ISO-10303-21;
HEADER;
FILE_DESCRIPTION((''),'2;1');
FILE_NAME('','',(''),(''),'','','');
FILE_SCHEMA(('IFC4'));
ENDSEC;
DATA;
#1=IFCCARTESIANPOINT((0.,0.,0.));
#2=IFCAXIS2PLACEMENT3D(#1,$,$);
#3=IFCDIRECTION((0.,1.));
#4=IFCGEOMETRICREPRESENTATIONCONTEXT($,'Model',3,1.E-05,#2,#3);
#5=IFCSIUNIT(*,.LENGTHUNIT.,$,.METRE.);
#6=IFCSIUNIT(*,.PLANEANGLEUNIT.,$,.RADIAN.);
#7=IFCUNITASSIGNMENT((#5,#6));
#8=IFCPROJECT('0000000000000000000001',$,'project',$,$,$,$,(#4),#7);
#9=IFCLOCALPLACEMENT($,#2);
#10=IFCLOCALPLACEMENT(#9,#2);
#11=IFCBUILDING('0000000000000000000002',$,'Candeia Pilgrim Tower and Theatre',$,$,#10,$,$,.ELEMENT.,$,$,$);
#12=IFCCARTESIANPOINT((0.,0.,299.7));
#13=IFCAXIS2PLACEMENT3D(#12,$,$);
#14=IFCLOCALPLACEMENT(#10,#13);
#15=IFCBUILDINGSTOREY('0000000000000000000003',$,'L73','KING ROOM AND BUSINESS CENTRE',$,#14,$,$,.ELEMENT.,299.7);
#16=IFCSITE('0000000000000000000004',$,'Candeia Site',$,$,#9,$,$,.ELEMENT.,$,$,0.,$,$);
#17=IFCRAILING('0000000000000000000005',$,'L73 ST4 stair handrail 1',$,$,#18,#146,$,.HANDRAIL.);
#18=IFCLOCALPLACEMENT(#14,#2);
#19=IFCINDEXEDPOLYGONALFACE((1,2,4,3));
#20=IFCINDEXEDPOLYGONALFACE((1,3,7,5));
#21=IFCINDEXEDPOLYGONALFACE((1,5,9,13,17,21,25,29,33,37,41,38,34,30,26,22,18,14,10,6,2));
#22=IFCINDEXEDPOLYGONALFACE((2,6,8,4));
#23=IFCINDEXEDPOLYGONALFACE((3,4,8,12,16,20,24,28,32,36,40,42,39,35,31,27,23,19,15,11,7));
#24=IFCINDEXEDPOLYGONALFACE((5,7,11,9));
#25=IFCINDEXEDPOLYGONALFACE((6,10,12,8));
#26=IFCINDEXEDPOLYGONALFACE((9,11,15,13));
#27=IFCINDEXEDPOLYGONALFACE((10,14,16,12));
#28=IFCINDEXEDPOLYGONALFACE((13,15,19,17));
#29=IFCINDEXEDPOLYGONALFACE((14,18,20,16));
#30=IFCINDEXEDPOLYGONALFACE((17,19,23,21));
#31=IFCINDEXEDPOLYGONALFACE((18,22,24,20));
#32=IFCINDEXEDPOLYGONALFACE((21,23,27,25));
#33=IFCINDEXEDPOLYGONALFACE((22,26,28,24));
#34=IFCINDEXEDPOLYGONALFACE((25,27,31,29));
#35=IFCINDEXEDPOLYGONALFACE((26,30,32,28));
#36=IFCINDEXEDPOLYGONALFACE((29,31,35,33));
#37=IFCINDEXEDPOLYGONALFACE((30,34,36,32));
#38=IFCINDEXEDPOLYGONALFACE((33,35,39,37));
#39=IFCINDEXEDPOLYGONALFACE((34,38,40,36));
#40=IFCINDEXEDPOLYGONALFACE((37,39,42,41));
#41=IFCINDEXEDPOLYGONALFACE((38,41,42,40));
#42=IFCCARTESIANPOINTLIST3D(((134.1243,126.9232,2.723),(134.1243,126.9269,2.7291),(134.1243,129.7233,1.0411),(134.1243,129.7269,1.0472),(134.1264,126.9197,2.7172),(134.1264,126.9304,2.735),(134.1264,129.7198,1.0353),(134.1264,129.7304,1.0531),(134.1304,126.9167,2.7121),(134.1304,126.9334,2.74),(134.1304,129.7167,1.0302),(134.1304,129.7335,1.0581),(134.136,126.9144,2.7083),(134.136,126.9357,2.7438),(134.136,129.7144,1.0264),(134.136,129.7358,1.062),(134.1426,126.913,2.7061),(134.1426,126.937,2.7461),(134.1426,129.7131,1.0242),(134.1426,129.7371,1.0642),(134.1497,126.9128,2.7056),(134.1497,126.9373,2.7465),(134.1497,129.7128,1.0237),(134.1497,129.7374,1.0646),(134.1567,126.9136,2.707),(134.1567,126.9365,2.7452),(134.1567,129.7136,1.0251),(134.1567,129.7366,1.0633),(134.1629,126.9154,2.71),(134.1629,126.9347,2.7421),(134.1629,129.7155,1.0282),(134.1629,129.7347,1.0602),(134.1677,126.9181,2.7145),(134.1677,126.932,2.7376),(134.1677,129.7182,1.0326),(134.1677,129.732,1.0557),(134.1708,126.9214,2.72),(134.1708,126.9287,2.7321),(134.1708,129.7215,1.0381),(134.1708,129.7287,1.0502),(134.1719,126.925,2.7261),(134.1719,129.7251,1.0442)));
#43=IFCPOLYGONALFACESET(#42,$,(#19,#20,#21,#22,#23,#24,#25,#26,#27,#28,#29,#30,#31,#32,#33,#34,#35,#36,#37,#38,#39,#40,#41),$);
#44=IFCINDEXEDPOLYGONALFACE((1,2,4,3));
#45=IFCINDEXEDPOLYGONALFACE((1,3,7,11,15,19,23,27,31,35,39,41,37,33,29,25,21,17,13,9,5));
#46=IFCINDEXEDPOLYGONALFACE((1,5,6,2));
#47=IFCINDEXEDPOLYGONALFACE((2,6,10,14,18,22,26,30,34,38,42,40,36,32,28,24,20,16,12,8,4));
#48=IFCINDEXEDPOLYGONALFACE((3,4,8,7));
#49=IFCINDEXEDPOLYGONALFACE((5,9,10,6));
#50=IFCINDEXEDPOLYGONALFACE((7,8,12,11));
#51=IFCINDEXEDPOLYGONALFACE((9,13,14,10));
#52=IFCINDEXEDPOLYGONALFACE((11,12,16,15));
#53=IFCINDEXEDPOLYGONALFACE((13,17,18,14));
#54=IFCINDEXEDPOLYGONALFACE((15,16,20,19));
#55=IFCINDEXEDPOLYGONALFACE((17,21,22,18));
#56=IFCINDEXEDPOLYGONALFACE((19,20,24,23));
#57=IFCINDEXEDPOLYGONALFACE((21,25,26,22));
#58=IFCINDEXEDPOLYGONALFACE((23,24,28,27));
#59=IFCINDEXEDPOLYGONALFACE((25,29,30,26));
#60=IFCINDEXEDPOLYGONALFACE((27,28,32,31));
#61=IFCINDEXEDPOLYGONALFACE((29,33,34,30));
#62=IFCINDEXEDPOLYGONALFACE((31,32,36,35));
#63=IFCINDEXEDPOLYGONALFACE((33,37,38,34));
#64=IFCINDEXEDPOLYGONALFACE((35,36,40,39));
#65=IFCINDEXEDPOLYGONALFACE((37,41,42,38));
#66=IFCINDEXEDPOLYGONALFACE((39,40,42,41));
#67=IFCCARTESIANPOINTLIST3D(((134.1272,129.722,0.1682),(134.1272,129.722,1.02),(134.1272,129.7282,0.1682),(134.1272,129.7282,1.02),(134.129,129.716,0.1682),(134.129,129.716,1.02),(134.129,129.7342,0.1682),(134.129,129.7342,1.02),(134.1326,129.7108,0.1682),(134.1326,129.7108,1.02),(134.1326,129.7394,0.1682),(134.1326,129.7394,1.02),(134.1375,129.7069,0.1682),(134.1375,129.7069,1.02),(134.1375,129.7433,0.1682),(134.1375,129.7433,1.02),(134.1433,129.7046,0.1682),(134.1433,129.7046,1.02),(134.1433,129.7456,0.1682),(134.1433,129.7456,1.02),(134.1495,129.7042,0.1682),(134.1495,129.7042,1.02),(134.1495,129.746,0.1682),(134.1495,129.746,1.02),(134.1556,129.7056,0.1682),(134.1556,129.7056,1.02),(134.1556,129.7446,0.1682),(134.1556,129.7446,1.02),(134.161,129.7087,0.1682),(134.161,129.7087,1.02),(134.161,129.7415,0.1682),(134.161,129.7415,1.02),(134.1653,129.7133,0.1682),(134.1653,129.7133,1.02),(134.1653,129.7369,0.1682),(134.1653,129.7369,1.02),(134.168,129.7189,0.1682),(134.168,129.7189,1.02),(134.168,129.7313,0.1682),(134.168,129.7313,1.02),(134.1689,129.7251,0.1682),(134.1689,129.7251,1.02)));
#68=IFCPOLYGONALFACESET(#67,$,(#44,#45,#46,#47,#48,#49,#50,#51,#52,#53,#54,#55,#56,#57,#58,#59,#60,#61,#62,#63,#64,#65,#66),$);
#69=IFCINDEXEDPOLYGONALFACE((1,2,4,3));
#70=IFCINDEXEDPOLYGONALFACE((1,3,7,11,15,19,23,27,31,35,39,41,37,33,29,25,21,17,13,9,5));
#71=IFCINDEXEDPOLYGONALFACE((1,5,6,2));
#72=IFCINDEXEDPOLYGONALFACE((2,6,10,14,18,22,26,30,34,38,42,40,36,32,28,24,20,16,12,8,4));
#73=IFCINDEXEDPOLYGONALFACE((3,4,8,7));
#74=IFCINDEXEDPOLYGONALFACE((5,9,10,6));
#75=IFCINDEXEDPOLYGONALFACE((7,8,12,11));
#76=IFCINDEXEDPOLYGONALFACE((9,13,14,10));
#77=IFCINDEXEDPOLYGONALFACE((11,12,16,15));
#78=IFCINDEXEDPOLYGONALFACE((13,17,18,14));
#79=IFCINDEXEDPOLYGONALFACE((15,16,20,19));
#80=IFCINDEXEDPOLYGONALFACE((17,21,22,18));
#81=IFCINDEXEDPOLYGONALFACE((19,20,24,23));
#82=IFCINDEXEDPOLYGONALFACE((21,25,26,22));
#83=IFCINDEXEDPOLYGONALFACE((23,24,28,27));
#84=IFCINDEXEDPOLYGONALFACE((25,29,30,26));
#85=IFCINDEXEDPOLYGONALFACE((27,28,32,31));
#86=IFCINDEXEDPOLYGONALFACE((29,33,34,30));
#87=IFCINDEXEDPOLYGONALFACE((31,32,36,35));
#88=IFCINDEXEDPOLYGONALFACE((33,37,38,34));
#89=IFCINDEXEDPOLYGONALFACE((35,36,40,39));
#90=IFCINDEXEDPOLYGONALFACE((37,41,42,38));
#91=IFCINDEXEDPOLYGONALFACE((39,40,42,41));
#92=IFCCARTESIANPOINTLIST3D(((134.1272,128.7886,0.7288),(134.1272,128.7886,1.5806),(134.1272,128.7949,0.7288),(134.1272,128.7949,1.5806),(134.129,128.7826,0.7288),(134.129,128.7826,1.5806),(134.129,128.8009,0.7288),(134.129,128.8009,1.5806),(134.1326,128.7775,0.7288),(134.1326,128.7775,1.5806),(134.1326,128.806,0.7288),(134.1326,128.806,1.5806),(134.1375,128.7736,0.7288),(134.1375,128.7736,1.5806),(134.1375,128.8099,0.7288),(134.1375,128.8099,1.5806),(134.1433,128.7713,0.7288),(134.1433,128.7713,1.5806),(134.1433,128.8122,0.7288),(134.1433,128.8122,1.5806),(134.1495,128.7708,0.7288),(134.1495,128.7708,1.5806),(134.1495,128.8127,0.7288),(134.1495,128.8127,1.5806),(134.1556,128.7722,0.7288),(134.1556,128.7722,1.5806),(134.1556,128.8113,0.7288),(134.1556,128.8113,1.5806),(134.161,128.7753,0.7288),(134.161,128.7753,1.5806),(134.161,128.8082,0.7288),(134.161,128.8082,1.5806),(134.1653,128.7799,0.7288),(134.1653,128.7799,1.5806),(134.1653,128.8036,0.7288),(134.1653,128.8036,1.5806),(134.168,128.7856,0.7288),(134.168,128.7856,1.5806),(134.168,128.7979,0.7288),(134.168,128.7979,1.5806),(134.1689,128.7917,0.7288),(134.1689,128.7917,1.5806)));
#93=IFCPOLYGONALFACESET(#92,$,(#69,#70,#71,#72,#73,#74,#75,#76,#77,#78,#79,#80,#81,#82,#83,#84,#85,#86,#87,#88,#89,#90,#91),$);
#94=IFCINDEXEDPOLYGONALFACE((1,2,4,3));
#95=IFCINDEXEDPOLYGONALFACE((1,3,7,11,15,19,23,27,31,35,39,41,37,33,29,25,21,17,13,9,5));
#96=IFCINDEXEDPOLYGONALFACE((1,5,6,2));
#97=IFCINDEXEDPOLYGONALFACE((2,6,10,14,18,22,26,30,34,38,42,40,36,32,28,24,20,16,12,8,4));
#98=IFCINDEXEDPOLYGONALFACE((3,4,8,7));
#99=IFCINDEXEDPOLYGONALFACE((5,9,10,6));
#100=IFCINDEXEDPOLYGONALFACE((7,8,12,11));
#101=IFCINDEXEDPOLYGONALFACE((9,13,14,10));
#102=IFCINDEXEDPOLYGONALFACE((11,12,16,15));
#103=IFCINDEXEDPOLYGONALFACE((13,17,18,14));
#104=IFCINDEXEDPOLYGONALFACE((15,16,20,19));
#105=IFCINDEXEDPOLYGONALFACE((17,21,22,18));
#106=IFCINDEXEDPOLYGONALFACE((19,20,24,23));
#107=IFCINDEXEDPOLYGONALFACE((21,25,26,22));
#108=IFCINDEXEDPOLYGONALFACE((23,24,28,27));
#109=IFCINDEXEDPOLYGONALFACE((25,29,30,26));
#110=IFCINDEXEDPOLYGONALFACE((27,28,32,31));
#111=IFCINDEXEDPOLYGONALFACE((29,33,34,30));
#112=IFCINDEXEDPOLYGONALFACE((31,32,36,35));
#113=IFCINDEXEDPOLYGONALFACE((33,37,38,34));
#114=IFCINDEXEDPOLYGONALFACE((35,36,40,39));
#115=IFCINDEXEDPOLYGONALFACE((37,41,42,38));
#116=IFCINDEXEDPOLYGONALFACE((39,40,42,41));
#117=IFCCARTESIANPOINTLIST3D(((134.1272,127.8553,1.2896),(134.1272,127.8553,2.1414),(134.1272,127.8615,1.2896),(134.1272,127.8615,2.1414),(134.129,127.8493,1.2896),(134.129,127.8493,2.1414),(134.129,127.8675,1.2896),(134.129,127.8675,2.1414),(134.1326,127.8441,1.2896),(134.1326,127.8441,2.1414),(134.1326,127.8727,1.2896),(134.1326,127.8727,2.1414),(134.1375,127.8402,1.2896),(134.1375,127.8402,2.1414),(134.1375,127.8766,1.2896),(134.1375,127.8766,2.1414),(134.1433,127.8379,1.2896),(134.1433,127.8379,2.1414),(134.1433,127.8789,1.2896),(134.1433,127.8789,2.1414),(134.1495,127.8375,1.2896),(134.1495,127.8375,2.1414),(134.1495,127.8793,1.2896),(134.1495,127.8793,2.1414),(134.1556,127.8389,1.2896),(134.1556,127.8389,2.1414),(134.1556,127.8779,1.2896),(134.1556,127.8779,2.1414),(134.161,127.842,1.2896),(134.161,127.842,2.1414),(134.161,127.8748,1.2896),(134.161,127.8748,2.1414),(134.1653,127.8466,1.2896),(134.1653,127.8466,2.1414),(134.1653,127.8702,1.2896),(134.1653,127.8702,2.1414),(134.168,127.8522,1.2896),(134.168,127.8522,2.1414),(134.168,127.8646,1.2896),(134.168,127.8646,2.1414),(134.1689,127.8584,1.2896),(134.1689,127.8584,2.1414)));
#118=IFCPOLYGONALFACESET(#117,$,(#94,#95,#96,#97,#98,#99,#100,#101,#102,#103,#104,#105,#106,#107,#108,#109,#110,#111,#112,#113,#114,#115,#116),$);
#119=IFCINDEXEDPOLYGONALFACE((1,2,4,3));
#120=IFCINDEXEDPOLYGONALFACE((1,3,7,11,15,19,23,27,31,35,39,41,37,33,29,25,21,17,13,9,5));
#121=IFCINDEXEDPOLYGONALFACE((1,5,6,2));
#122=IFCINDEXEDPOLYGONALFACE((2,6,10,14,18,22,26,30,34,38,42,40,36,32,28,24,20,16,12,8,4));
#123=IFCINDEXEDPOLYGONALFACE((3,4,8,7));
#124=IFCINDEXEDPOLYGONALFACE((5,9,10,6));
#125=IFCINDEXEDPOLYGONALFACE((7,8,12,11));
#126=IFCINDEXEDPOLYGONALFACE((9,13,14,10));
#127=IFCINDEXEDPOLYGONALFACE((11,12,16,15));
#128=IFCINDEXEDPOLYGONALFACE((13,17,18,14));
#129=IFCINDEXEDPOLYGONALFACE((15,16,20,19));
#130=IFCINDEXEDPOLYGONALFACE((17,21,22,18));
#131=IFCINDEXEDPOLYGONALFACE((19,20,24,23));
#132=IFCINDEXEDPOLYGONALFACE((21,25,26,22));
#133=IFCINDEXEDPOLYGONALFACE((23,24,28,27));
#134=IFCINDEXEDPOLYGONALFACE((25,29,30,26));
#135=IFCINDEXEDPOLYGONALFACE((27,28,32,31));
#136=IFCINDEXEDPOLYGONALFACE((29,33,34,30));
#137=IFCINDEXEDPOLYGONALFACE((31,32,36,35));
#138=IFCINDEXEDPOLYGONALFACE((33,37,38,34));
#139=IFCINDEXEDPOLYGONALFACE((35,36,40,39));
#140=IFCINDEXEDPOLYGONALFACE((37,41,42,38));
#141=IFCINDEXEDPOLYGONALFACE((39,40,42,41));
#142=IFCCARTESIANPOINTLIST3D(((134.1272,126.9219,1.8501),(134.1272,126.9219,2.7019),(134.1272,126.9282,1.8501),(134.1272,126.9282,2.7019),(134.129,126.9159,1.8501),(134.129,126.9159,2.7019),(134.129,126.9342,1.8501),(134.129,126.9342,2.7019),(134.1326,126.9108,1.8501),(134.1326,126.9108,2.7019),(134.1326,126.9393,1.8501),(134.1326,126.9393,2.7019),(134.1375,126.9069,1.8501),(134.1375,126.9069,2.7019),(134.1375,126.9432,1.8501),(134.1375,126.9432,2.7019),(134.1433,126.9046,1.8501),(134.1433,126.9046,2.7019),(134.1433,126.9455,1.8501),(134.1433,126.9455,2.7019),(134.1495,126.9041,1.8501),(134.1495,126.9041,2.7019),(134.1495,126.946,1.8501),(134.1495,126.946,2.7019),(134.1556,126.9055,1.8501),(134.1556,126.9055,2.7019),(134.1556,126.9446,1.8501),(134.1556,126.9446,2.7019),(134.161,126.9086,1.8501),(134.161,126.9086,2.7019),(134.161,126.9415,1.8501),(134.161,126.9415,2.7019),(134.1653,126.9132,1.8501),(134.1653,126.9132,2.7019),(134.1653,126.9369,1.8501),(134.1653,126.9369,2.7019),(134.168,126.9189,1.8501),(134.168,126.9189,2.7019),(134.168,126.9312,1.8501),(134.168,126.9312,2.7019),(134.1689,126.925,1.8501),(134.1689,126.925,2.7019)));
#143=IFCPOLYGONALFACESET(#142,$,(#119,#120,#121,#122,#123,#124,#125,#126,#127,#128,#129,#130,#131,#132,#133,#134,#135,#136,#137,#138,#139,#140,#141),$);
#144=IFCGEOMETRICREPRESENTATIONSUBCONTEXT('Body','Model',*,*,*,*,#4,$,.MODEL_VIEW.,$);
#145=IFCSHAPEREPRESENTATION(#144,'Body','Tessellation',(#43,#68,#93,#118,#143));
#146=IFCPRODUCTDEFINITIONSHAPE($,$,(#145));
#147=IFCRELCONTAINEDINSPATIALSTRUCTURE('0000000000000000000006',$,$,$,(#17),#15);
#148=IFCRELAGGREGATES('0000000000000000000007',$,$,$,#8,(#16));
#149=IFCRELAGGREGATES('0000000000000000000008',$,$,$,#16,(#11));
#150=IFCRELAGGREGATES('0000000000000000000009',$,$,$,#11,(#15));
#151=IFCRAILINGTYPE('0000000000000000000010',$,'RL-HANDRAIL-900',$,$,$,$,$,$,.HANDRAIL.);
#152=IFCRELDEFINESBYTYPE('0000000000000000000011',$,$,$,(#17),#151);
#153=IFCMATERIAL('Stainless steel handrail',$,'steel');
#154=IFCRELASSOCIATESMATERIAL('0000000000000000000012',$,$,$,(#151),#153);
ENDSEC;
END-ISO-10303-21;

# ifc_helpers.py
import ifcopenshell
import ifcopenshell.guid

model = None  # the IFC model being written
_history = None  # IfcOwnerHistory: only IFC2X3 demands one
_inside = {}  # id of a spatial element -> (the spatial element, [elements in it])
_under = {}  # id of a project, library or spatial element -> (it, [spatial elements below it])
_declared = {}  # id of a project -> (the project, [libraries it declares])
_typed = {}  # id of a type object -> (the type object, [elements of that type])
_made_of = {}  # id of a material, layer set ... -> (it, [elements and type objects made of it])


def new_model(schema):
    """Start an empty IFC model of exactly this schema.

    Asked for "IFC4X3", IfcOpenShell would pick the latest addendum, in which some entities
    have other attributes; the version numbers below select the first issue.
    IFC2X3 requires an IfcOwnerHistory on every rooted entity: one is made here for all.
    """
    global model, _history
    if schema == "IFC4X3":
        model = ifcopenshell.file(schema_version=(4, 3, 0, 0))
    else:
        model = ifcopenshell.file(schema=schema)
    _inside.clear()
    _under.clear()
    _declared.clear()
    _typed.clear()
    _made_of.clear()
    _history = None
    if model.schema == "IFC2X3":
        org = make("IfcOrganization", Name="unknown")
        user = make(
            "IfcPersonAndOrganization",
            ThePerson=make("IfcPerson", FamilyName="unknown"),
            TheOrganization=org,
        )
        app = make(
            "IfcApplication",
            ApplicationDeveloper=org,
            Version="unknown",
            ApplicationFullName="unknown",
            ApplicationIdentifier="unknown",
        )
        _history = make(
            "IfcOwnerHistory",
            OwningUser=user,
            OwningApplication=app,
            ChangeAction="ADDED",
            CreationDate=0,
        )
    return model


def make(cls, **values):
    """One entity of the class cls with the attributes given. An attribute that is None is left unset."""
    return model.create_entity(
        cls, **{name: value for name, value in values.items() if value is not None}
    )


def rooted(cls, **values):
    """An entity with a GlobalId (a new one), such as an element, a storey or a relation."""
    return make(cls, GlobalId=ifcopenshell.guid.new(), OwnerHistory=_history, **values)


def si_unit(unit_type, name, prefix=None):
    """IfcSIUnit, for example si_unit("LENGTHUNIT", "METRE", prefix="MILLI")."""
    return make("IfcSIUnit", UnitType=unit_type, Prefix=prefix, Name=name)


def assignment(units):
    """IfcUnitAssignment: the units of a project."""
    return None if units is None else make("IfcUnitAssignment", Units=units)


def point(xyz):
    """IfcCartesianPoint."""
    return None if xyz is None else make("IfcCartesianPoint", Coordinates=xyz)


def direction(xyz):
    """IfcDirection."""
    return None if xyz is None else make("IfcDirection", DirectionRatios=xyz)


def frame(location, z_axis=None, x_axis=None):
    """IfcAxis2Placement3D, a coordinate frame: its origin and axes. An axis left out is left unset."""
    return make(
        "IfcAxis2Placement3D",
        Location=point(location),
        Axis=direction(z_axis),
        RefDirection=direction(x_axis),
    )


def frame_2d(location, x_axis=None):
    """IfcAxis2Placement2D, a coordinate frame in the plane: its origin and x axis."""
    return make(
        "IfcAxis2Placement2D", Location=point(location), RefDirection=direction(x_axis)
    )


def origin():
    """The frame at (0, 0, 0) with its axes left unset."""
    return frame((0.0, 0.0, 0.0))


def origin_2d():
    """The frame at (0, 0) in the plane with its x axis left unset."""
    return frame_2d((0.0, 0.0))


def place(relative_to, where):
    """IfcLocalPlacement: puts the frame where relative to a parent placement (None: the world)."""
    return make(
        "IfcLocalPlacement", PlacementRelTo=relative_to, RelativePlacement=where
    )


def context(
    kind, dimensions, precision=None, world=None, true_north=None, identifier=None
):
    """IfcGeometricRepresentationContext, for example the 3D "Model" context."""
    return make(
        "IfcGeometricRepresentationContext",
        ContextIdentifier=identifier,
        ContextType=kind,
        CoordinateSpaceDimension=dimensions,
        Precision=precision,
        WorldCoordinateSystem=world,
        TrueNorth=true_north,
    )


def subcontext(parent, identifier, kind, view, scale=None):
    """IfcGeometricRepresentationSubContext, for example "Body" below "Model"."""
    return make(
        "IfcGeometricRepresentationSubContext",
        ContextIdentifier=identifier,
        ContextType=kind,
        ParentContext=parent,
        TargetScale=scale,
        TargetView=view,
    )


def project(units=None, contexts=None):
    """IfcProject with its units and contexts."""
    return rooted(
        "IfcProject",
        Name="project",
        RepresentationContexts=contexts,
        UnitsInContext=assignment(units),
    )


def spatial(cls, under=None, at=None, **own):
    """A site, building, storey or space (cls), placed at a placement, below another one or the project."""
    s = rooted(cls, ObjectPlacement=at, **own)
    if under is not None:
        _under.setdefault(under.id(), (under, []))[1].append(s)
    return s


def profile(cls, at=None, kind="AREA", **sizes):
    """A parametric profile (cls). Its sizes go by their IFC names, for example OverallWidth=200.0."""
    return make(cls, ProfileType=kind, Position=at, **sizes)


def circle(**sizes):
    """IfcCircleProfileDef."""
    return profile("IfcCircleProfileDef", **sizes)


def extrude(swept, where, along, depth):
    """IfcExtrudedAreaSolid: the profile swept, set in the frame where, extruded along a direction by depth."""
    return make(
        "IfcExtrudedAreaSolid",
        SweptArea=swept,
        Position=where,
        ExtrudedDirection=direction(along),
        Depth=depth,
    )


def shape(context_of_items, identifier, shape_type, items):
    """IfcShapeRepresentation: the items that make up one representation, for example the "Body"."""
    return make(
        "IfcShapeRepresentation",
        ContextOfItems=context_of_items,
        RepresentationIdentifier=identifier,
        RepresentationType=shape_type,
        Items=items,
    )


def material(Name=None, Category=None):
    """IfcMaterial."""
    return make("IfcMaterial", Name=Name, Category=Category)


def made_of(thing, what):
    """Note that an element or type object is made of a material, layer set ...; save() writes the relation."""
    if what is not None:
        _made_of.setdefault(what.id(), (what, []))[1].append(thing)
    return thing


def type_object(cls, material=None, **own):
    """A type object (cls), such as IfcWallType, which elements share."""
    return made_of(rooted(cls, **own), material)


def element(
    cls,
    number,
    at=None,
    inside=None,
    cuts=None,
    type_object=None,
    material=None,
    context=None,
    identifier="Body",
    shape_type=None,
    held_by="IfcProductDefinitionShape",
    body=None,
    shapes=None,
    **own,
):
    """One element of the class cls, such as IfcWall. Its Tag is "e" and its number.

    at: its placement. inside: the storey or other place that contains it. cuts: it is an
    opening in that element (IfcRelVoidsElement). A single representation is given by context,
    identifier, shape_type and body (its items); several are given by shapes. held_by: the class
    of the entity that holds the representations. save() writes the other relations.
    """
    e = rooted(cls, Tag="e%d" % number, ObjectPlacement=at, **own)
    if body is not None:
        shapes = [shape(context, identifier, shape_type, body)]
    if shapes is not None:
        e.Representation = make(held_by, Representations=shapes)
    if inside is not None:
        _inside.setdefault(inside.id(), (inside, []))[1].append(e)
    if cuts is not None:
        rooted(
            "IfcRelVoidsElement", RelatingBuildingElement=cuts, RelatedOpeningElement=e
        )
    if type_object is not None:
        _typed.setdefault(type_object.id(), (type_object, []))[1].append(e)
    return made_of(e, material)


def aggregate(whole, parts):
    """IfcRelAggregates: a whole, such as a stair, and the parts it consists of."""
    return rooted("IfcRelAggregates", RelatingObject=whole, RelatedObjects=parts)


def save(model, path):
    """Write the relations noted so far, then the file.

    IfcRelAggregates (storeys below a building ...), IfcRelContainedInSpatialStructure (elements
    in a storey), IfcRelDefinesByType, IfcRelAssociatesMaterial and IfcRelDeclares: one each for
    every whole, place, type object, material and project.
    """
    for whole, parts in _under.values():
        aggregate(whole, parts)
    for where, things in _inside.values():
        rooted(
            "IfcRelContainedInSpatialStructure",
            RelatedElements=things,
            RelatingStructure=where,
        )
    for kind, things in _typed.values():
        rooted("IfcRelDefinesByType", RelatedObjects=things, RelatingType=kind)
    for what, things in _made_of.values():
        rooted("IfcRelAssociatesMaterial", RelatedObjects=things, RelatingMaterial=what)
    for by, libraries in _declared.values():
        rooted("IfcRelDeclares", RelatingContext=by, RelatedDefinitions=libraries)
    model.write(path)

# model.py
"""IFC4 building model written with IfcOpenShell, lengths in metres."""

from ifc_helpers import new_model, si_unit, direction, frame, origin, origin_2d, place, context, subcontext, project, spatial, circle, extrude, material, type_object, element, save


model = new_model("IFC4")

# Units and contexts
model_context = context("Model", 3, precision=1e-05, world=origin(), true_north=direction((0.0, 1.0)))
body_context = subcontext(model_context, "Body", "Model", "MODEL_VIEW")
ifc_project = project(units=[si_unit("LENGTHUNIT", "METRE"), si_unit("PLANEANGLEUNIT", "RADIAN")], contexts=[model_context])

# Site, building, storey
site_placement = place(None, origin())
site = spatial("IfcSite", under=ifc_project, at=site_placement, Name="Candeia Site", CompositionType="ELEMENT", RefElevation=0.0)
building_placement = place(site_placement, origin())
building = spatial("IfcBuilding", under=site, at=building_placement, Name="Candeia Pilgrim Tower and Theatre", CompositionType="ELEMENT")
storey_placement = place(building_placement, frame((0.0, 0.0, 299.7)))
storey = spatial("IfcBuildingStorey", under=building, at=storey_placement, Name="L73", Description="KING ROOM AND BUSINESS CENTRE", CompositionType="ELEMENT", Elevation=299.7)

# Railing
ifc_material_1 = material(Name="Stainless steel handrail", Category="steel")
railing_type_1 = type_object("IfcRailingType", Name="RL-HANDRAIL-900", PredefinedType="HANDRAIL", material=ifc_material_1)
railing_1_placement = place(storey_placement, frame((134.1479, 129.7251, 0.1682)))
element("IfcRailing", 1, at=railing_1_placement, inside=storey, type_object=railing_type_1, Name="L73 ST4 stair handrail 1", PredefinedType="HANDRAIL", context=body_context, shape_type="SweptSolid", body=[
    extrude(circle(Radius=0.0239, at=origin_2d()), frame((0.0, 0.0, 0.876), z_axis=(0.0, -0.857242, 0.514913), x_axis=(1.0, 0.0, 0.0)), (0.0, 0.0, 1.0), 3.2664),
    extrude(circle(Radius=0.021, at=origin_2d()), origin(), (0.0, 0.0, 1.0), 0.8518),
    extrude(circle(Radius=0.021, at=origin_2d()), frame((0.0, -0.9333, 0.5605)), (0.0, 0.0, 1.0), 0.8518),
    extrude(circle(Radius=0.021, at=origin_2d()), frame((0.0, -1.8667, 1.1213)), (0.0, 0.0, 1.0), 0.8518),
    extrude(circle(Radius=0.021, at=origin_2d()), frame((0.0, -2.8, 1.6819)), (0.0, 0.0, 1.0), 0.8518),
])

save(model, "model.ifc")
